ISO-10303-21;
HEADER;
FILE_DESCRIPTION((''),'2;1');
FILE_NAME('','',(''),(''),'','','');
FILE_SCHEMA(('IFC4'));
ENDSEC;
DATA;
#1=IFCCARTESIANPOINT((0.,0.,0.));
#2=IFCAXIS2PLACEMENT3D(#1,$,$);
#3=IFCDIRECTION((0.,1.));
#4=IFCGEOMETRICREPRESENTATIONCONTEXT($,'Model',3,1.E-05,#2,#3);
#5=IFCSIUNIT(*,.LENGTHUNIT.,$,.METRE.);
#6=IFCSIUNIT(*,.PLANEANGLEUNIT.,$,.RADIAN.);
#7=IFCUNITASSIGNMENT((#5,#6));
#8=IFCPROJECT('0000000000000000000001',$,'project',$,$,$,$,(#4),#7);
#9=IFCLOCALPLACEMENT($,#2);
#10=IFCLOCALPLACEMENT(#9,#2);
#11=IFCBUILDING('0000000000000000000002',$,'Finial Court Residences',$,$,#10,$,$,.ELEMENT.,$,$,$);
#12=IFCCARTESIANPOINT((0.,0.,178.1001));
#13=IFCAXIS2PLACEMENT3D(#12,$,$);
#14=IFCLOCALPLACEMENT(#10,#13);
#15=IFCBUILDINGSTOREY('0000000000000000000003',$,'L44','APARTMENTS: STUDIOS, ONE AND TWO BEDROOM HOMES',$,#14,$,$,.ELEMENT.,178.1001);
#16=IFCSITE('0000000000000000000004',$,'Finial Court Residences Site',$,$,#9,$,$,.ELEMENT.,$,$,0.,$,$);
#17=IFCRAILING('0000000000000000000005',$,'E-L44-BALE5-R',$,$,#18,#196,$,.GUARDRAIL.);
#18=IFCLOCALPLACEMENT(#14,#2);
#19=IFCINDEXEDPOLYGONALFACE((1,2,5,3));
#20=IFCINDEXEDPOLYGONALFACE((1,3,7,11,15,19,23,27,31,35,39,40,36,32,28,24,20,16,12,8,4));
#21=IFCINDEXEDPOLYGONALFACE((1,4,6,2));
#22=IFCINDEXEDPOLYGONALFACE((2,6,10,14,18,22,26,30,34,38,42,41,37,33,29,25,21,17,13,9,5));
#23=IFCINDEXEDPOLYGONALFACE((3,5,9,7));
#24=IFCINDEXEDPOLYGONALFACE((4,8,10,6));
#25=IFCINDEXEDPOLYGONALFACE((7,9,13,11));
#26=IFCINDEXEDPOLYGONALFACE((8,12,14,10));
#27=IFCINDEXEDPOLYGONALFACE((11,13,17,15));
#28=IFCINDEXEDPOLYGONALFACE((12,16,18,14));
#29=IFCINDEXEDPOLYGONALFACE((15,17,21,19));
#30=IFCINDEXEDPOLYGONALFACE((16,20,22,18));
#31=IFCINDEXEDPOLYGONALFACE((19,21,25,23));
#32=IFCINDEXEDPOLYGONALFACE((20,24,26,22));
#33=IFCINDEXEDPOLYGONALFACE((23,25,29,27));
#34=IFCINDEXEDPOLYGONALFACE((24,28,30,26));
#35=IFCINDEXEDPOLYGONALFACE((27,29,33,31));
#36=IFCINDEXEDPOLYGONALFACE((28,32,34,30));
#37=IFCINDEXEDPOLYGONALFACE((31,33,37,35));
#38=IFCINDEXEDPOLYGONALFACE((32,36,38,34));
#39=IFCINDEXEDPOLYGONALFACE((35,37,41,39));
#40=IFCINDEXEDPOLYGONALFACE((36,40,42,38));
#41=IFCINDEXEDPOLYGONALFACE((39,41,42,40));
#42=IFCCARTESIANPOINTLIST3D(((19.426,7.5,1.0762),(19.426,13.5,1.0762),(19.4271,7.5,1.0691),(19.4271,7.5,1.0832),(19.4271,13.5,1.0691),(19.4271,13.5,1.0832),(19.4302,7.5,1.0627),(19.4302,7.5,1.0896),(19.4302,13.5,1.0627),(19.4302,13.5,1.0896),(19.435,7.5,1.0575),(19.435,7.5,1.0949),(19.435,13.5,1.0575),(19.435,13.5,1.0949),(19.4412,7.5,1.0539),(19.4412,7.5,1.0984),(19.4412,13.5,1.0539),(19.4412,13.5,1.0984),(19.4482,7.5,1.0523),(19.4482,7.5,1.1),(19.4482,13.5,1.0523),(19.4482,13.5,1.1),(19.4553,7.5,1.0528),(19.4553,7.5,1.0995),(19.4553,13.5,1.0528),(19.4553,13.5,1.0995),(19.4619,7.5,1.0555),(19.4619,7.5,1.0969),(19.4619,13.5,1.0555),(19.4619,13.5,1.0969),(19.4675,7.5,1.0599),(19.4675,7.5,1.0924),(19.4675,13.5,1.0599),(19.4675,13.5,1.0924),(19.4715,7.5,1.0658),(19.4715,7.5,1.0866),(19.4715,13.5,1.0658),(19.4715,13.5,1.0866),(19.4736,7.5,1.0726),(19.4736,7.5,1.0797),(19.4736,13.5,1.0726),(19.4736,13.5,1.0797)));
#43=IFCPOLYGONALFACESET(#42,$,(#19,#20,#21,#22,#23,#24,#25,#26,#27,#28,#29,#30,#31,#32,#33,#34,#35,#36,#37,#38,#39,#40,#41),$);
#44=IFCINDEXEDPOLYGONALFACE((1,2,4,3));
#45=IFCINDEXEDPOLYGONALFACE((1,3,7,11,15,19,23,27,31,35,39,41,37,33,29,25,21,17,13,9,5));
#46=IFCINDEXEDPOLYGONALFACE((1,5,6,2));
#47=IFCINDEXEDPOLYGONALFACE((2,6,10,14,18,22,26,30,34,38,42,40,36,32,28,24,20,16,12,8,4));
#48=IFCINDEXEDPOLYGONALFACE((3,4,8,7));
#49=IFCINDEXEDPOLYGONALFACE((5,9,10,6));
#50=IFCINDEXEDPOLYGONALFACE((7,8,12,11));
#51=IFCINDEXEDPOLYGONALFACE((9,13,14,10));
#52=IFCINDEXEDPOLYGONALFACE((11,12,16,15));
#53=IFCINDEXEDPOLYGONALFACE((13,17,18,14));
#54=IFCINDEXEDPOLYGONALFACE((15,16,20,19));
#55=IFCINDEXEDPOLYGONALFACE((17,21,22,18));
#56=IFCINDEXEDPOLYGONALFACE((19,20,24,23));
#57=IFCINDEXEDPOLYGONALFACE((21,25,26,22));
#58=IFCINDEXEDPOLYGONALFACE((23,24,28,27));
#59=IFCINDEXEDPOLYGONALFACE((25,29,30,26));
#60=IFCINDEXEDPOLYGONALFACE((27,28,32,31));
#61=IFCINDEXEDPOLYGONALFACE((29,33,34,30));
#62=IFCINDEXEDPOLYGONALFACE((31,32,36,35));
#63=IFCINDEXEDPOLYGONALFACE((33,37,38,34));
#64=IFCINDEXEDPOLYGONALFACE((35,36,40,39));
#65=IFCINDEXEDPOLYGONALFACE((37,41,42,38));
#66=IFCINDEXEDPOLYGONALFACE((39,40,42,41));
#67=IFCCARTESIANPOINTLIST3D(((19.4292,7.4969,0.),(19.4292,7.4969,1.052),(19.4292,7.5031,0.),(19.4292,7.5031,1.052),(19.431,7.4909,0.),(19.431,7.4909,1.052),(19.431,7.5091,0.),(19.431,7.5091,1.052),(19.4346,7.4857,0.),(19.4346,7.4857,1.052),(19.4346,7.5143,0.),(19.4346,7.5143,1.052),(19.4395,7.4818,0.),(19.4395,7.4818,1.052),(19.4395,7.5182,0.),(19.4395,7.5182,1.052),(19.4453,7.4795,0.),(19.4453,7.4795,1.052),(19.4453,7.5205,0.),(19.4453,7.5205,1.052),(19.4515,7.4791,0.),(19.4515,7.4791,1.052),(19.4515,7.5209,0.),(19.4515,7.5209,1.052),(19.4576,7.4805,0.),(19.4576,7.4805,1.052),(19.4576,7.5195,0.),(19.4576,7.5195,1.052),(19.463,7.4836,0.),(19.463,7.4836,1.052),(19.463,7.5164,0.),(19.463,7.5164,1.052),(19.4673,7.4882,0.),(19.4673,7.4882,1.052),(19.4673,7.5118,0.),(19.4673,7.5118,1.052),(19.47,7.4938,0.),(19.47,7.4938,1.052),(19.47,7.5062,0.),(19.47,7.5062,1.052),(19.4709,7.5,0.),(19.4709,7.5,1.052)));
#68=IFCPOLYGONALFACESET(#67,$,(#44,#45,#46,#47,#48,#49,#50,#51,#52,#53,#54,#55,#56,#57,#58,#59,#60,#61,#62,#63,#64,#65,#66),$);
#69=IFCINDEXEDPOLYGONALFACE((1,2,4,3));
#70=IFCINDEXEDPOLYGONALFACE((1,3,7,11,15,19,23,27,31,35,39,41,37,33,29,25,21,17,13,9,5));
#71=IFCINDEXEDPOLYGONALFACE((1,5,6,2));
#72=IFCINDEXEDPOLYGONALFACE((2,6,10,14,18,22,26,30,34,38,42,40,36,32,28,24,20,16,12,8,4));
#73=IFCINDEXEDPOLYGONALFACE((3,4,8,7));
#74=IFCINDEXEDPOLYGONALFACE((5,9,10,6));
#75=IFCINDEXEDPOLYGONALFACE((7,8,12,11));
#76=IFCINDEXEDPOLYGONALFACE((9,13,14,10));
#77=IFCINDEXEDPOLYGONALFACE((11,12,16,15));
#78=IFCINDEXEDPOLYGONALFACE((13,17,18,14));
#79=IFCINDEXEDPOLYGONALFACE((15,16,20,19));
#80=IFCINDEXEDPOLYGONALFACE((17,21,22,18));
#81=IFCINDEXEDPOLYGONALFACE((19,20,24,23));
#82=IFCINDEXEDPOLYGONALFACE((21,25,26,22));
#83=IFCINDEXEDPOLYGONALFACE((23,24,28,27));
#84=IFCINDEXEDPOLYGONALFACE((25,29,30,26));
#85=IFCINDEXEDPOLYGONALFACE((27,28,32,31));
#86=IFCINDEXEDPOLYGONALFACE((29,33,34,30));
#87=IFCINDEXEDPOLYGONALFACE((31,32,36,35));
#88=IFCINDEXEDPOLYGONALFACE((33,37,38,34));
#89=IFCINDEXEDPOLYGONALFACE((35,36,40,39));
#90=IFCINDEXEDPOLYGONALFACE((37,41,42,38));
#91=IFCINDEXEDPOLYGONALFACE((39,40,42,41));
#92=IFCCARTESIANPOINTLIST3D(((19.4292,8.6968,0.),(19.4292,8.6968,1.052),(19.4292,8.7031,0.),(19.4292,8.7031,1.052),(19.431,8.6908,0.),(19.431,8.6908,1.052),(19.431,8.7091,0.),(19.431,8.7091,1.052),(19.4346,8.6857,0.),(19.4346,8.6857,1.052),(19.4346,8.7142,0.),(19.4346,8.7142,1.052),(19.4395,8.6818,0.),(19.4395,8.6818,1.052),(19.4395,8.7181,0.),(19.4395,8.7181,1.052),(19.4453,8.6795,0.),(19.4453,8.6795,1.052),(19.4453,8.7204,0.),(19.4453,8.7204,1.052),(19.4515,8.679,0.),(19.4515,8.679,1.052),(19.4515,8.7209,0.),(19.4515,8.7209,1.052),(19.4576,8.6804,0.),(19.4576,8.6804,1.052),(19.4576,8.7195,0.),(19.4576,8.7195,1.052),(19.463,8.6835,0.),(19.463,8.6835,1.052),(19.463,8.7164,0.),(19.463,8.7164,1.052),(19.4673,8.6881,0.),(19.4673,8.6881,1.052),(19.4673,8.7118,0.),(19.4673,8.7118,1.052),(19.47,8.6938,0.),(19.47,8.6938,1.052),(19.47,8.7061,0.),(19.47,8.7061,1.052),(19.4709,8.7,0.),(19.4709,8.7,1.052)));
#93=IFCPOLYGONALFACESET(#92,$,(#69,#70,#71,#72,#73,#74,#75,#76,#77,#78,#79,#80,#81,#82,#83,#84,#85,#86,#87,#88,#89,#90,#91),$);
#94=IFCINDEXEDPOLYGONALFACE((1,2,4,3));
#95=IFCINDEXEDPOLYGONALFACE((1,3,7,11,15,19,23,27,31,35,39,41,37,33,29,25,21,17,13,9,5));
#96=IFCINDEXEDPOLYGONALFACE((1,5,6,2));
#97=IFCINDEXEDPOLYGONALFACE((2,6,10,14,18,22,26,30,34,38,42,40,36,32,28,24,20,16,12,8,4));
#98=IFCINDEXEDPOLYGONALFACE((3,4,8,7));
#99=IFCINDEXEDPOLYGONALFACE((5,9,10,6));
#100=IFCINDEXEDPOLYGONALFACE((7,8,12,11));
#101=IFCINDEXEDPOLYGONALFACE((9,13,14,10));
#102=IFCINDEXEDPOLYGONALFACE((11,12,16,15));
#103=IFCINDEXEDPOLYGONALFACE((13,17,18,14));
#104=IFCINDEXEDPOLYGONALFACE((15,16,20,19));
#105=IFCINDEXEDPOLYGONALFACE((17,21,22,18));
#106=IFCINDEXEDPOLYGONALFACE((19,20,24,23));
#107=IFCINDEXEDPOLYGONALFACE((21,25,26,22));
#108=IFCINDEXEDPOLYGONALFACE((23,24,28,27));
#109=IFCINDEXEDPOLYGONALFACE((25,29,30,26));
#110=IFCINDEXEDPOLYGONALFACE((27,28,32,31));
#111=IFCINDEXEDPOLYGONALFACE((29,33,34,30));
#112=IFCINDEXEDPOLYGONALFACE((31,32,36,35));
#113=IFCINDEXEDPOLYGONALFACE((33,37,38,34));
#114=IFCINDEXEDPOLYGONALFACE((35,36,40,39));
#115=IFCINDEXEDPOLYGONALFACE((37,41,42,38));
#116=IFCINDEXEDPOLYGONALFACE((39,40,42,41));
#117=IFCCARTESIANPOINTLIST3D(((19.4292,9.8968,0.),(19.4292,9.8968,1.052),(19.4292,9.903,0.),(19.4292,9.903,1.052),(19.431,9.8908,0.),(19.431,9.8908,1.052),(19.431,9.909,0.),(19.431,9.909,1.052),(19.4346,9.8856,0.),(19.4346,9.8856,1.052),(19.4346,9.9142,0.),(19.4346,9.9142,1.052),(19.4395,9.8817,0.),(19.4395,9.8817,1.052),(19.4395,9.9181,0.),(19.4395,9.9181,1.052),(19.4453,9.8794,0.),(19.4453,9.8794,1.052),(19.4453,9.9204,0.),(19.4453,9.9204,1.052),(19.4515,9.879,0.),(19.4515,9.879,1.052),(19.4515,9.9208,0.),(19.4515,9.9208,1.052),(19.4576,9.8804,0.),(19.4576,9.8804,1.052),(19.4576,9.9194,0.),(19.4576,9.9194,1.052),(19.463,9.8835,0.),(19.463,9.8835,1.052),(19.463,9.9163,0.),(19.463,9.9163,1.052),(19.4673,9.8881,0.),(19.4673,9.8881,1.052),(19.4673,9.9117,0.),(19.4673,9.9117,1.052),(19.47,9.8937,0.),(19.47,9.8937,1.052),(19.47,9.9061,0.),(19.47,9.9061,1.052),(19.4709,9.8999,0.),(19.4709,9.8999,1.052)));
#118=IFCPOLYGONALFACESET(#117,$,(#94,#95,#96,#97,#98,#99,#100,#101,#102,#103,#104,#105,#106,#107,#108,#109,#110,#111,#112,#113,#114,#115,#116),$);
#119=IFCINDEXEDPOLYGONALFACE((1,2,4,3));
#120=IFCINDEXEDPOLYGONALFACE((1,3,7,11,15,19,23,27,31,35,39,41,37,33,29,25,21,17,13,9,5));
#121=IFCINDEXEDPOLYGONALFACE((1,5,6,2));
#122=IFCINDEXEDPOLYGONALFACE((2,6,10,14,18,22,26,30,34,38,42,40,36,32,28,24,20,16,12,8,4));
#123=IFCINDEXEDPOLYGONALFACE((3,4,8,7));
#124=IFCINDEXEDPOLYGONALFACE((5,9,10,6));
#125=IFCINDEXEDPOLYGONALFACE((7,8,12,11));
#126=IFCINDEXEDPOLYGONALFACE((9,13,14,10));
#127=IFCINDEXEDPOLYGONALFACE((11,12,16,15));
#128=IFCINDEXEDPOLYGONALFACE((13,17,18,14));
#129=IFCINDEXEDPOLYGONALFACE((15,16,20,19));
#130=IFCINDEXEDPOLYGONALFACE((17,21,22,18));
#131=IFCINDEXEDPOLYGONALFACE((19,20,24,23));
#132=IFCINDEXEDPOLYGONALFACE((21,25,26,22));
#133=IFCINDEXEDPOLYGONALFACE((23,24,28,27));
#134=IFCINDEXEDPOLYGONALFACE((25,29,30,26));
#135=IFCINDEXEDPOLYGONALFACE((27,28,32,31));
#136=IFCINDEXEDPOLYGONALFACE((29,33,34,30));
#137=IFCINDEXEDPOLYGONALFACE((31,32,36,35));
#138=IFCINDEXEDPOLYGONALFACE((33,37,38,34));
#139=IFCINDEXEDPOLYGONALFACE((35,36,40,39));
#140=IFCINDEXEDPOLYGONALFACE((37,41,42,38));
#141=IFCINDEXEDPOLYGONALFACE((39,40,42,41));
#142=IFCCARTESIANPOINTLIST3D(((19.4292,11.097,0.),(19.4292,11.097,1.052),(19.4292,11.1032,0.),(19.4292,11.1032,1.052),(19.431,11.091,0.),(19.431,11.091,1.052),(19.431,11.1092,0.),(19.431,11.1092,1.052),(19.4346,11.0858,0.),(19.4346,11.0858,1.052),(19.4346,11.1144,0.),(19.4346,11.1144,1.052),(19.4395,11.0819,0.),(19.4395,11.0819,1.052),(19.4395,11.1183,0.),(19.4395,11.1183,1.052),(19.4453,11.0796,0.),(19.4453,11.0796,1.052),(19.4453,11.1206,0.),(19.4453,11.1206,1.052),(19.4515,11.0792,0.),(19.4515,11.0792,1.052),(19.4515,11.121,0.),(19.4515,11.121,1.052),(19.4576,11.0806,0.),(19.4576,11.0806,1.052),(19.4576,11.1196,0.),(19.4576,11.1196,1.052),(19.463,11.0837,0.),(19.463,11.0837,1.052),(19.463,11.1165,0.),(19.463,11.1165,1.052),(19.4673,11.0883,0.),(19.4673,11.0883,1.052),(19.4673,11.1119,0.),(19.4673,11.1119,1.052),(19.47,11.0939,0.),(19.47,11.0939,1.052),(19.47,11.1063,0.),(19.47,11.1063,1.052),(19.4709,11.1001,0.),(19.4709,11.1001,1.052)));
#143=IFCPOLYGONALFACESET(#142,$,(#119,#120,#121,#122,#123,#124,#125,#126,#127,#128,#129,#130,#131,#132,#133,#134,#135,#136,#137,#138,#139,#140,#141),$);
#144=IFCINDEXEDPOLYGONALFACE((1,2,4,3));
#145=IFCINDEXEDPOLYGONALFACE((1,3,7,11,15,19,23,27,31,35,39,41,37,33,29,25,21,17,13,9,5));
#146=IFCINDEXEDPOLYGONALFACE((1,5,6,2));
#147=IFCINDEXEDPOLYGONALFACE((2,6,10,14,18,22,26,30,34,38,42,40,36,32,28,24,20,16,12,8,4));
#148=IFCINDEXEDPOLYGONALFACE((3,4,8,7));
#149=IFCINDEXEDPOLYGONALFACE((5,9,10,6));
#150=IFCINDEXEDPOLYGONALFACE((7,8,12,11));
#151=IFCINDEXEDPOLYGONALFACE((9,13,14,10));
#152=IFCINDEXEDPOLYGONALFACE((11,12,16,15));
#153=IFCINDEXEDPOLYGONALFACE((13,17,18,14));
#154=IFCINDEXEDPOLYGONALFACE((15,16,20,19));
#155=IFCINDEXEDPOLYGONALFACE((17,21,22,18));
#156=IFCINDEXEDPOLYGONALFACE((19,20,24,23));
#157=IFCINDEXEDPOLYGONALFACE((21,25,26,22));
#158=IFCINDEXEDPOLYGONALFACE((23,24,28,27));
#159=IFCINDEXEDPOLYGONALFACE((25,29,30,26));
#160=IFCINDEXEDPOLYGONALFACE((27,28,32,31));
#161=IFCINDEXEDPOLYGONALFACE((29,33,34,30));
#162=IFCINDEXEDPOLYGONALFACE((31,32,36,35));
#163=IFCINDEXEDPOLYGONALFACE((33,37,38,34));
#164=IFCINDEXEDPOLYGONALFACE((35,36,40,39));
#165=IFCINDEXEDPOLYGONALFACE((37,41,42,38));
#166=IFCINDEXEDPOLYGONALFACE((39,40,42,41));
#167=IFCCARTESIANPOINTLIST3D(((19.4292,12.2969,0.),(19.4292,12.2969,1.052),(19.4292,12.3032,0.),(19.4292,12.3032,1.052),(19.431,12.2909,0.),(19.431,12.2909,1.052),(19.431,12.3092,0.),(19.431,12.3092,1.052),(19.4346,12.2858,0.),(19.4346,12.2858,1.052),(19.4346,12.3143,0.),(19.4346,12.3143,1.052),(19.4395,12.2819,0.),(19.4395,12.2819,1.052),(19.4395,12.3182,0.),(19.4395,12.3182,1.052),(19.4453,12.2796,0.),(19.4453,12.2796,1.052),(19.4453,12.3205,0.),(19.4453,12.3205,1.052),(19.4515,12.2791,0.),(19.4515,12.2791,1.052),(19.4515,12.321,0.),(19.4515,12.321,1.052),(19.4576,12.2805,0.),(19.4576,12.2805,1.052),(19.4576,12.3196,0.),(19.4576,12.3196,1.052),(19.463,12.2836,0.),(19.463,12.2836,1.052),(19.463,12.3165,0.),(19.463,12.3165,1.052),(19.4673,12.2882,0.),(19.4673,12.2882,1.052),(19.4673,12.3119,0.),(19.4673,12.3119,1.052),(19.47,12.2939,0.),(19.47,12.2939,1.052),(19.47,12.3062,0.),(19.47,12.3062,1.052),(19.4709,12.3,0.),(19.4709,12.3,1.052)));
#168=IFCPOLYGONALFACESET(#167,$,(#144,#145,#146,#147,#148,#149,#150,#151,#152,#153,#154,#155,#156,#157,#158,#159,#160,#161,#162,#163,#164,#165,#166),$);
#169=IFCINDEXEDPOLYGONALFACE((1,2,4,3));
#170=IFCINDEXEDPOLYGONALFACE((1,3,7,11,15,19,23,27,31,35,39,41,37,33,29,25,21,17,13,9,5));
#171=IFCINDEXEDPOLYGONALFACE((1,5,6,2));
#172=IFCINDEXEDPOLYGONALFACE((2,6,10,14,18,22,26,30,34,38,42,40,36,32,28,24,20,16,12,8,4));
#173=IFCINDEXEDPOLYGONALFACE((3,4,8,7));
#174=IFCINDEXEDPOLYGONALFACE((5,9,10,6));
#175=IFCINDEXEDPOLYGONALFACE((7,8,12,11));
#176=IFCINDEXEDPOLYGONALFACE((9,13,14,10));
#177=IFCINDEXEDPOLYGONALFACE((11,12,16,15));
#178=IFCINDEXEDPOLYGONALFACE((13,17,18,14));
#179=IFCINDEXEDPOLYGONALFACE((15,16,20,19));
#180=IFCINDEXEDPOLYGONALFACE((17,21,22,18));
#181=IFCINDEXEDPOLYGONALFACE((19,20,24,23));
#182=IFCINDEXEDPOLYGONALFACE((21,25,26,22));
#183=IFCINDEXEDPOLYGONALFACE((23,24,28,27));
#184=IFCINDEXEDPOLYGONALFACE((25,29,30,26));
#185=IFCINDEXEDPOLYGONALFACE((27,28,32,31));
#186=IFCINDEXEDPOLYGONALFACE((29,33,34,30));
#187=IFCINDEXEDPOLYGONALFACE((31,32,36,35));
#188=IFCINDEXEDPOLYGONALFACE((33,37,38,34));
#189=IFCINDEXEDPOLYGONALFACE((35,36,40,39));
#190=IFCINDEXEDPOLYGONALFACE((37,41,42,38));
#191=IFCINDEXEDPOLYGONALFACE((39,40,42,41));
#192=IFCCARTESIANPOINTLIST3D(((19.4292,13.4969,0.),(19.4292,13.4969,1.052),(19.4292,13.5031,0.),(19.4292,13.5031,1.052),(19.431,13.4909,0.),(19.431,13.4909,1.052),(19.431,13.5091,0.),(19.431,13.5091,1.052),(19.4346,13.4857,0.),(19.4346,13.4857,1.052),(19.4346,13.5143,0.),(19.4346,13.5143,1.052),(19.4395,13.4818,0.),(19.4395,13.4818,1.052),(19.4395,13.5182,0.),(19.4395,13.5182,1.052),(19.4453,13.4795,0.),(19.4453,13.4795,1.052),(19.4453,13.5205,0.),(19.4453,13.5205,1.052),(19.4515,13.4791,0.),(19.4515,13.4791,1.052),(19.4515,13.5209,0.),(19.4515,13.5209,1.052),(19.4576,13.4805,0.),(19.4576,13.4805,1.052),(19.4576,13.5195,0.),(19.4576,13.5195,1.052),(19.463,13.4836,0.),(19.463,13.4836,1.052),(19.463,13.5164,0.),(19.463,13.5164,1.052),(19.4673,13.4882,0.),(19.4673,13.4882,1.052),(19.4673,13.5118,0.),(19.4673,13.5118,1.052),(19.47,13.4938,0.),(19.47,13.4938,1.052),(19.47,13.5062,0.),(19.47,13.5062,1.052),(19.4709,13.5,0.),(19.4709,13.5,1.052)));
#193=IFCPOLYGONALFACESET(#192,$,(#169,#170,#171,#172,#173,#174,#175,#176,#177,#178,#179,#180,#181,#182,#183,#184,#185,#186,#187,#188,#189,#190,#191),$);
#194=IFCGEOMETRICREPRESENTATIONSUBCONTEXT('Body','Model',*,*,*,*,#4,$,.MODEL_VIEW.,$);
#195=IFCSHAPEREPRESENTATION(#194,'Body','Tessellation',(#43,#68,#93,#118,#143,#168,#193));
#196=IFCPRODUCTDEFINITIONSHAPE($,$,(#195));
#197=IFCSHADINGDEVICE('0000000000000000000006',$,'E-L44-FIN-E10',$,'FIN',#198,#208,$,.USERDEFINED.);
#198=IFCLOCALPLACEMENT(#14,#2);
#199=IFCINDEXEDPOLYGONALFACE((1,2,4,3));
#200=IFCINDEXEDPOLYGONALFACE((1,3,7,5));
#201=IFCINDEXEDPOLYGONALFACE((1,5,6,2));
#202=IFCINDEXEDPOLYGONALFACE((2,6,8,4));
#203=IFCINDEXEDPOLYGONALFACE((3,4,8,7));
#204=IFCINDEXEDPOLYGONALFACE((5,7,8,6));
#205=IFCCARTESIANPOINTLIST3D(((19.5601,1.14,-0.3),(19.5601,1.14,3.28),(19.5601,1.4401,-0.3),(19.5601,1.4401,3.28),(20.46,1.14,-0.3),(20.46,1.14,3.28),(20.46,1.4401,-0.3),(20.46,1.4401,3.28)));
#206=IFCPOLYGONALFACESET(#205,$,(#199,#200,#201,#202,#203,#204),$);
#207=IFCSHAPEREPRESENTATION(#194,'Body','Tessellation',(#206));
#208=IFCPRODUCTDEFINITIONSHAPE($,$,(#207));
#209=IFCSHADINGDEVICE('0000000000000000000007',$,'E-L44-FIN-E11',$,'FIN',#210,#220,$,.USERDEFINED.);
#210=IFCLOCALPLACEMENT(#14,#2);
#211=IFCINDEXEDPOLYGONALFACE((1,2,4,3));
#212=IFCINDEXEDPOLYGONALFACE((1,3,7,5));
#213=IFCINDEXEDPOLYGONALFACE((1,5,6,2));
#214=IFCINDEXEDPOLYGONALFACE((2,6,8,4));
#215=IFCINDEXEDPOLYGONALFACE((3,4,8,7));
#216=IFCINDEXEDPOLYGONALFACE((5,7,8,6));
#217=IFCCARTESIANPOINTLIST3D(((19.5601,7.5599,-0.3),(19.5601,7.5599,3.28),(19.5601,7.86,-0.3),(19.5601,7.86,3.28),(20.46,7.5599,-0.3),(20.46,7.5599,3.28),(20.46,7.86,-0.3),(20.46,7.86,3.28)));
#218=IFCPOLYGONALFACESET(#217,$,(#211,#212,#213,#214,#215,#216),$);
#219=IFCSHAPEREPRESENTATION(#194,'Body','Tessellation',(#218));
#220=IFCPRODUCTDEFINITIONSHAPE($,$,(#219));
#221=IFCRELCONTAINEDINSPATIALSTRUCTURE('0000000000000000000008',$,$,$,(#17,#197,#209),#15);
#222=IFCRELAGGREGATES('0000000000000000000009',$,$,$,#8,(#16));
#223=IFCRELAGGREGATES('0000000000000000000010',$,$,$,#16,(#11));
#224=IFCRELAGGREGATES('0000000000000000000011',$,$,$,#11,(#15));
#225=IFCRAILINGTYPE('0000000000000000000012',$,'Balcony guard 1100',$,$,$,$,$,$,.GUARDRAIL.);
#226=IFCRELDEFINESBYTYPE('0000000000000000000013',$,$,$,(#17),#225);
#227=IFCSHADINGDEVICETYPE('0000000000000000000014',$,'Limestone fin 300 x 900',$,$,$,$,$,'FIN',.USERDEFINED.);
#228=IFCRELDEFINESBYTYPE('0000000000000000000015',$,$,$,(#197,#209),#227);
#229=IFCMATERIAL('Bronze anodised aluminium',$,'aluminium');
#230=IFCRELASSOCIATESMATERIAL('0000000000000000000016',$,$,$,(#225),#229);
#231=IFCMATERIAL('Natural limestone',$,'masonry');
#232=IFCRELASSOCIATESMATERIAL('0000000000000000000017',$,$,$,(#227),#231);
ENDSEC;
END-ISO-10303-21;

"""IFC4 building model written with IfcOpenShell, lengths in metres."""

from ifc_helpers import new_model, si_unit, direction, frame, origin, origin_2d, place, context, subcontext, project, spatial, rectangle, circle, extrude, material, type_object, element, save


model = new_model("IFC4")

# Units and contexts
model_context = context("Model", 3, precision=1e-05, world=origin(), true_north=direction((0.0, 1.0)))
body_context = subcontext(model_context, "Body", "Model", "MODEL_VIEW")
ifc_project = project(units=[si_unit("LENGTHUNIT", "METRE"), si_unit("PLANEANGLEUNIT", "RADIAN")], contexts=[model_context])

# Site, building, storey
site_placement = place(None, origin())
site = spatial("IfcSite", under=ifc_project, at=site_placement, Name="Finial Court Residences Site", CompositionType="ELEMENT", RefElevation=0.0)
building_placement = place(site_placement, origin())
building = spatial("IfcBuilding", under=site, at=building_placement, Name="Finial Court Residences", CompositionType="ELEMENT")
storey_placement = place(building_placement, frame((0.0, 0.0, 178.1001)))
storey = spatial("IfcBuildingStorey", under=building, at=storey_placement, Name="L44", Description="APARTMENTS: STUDIOS, ONE AND TWO BEDROOM HOMES", CompositionType="ELEMENT", Elevation=178.1001)

# Shared definitions
ifc_material_1 = material(Name="Bronze anodised aluminium", Category="aluminium")

# Shared definitions
ifc_material_2 = material(Name="Natural limestone", Category="masonry")

# Railing
railing_type = type_object("IfcRailingType", Name="Balcony guard 1100", PredefinedType="GUARDRAIL", material=ifc_material_1)
railing_placement = place(storey_placement, frame((19.45, 7.5, 0.0)))
element("IfcRailing", 1, at=railing_placement, inside=storey, type_object=railing_type, Name="E-L44-BALE5-R", PredefinedType="GUARDRAIL", context=body_context, shape_type="SweptSolid", body=[
    extrude(circle(Radius=0.0239, at=origin_2d()), frame((0.0, 0.0, 1.0762), z_axis=(0.0, 1.0, 0.0), x_axis=(-1.0, 0.0, 0.0)), (0.0, 0.0, 1.0), 6.0),
    extrude(circle(Radius=0.021, at=origin_2d()), origin(), (0.0, 0.0, 1.0), 1.052),
    extrude(circle(Radius=0.021, at=origin_2d()), frame((0.0, 1.2, 0.0)), (0.0, 0.0, 1.0), 1.052),
    extrude(circle(Radius=0.021, at=origin_2d()), frame((0.0, 2.3999, 0.0)), (0.0, 0.0, 1.0), 1.052),
    extrude(circle(Radius=0.021, at=origin_2d()), frame((0.0, 3.6001, 0.0)), (0.0, 0.0, 1.0), 1.052),
    extrude(circle(Radius=0.021, at=origin_2d()), frame((0.0, 4.8, 0.0)), (0.0, 0.0, 1.0), 1.052),
    extrude(circle(Radius=0.021, at=origin_2d()), frame((0.0, 6.0, 0.0)), (0.0, 0.0, 1.0), 1.052),
])

# Shading devices
shading_device_type = type_object("IfcShadingDeviceType", Name="Limestone fin 300 x 900", ElementType="FIN", PredefinedType="USERDEFINED", material=ifc_material_2)
for number, where, z_axis, x_axis, name in (
    (2, (20.01, 1.29, -0.3), (0.0, 0.0, 1.0), (1.0, 0.0, 0.0), "E-L44-FIN-E10"),
    (3, (20.01, 7.71, -0.3), (0.0, 0.0, 1.0), (1.0, 0.0, 0.0), "E-L44-FIN-E11"),
):
    element("IfcShadingDevice", number, at=place(storey_placement, frame(where, z_axis=z_axis, x_axis=x_axis)), inside=storey, type_object=shading_device_type, Name=name, ObjectType="FIN", PredefinedType="USERDEFINED", context=body_context, shape_type="SweptSolid", body=[
        extrude(rectangle(XDim=0.8999, YDim=0.3, at=origin_2d()), origin(), (0.0, 0.0, 1.0), 3.5801),
    ])

save(model, "model.ifc")
